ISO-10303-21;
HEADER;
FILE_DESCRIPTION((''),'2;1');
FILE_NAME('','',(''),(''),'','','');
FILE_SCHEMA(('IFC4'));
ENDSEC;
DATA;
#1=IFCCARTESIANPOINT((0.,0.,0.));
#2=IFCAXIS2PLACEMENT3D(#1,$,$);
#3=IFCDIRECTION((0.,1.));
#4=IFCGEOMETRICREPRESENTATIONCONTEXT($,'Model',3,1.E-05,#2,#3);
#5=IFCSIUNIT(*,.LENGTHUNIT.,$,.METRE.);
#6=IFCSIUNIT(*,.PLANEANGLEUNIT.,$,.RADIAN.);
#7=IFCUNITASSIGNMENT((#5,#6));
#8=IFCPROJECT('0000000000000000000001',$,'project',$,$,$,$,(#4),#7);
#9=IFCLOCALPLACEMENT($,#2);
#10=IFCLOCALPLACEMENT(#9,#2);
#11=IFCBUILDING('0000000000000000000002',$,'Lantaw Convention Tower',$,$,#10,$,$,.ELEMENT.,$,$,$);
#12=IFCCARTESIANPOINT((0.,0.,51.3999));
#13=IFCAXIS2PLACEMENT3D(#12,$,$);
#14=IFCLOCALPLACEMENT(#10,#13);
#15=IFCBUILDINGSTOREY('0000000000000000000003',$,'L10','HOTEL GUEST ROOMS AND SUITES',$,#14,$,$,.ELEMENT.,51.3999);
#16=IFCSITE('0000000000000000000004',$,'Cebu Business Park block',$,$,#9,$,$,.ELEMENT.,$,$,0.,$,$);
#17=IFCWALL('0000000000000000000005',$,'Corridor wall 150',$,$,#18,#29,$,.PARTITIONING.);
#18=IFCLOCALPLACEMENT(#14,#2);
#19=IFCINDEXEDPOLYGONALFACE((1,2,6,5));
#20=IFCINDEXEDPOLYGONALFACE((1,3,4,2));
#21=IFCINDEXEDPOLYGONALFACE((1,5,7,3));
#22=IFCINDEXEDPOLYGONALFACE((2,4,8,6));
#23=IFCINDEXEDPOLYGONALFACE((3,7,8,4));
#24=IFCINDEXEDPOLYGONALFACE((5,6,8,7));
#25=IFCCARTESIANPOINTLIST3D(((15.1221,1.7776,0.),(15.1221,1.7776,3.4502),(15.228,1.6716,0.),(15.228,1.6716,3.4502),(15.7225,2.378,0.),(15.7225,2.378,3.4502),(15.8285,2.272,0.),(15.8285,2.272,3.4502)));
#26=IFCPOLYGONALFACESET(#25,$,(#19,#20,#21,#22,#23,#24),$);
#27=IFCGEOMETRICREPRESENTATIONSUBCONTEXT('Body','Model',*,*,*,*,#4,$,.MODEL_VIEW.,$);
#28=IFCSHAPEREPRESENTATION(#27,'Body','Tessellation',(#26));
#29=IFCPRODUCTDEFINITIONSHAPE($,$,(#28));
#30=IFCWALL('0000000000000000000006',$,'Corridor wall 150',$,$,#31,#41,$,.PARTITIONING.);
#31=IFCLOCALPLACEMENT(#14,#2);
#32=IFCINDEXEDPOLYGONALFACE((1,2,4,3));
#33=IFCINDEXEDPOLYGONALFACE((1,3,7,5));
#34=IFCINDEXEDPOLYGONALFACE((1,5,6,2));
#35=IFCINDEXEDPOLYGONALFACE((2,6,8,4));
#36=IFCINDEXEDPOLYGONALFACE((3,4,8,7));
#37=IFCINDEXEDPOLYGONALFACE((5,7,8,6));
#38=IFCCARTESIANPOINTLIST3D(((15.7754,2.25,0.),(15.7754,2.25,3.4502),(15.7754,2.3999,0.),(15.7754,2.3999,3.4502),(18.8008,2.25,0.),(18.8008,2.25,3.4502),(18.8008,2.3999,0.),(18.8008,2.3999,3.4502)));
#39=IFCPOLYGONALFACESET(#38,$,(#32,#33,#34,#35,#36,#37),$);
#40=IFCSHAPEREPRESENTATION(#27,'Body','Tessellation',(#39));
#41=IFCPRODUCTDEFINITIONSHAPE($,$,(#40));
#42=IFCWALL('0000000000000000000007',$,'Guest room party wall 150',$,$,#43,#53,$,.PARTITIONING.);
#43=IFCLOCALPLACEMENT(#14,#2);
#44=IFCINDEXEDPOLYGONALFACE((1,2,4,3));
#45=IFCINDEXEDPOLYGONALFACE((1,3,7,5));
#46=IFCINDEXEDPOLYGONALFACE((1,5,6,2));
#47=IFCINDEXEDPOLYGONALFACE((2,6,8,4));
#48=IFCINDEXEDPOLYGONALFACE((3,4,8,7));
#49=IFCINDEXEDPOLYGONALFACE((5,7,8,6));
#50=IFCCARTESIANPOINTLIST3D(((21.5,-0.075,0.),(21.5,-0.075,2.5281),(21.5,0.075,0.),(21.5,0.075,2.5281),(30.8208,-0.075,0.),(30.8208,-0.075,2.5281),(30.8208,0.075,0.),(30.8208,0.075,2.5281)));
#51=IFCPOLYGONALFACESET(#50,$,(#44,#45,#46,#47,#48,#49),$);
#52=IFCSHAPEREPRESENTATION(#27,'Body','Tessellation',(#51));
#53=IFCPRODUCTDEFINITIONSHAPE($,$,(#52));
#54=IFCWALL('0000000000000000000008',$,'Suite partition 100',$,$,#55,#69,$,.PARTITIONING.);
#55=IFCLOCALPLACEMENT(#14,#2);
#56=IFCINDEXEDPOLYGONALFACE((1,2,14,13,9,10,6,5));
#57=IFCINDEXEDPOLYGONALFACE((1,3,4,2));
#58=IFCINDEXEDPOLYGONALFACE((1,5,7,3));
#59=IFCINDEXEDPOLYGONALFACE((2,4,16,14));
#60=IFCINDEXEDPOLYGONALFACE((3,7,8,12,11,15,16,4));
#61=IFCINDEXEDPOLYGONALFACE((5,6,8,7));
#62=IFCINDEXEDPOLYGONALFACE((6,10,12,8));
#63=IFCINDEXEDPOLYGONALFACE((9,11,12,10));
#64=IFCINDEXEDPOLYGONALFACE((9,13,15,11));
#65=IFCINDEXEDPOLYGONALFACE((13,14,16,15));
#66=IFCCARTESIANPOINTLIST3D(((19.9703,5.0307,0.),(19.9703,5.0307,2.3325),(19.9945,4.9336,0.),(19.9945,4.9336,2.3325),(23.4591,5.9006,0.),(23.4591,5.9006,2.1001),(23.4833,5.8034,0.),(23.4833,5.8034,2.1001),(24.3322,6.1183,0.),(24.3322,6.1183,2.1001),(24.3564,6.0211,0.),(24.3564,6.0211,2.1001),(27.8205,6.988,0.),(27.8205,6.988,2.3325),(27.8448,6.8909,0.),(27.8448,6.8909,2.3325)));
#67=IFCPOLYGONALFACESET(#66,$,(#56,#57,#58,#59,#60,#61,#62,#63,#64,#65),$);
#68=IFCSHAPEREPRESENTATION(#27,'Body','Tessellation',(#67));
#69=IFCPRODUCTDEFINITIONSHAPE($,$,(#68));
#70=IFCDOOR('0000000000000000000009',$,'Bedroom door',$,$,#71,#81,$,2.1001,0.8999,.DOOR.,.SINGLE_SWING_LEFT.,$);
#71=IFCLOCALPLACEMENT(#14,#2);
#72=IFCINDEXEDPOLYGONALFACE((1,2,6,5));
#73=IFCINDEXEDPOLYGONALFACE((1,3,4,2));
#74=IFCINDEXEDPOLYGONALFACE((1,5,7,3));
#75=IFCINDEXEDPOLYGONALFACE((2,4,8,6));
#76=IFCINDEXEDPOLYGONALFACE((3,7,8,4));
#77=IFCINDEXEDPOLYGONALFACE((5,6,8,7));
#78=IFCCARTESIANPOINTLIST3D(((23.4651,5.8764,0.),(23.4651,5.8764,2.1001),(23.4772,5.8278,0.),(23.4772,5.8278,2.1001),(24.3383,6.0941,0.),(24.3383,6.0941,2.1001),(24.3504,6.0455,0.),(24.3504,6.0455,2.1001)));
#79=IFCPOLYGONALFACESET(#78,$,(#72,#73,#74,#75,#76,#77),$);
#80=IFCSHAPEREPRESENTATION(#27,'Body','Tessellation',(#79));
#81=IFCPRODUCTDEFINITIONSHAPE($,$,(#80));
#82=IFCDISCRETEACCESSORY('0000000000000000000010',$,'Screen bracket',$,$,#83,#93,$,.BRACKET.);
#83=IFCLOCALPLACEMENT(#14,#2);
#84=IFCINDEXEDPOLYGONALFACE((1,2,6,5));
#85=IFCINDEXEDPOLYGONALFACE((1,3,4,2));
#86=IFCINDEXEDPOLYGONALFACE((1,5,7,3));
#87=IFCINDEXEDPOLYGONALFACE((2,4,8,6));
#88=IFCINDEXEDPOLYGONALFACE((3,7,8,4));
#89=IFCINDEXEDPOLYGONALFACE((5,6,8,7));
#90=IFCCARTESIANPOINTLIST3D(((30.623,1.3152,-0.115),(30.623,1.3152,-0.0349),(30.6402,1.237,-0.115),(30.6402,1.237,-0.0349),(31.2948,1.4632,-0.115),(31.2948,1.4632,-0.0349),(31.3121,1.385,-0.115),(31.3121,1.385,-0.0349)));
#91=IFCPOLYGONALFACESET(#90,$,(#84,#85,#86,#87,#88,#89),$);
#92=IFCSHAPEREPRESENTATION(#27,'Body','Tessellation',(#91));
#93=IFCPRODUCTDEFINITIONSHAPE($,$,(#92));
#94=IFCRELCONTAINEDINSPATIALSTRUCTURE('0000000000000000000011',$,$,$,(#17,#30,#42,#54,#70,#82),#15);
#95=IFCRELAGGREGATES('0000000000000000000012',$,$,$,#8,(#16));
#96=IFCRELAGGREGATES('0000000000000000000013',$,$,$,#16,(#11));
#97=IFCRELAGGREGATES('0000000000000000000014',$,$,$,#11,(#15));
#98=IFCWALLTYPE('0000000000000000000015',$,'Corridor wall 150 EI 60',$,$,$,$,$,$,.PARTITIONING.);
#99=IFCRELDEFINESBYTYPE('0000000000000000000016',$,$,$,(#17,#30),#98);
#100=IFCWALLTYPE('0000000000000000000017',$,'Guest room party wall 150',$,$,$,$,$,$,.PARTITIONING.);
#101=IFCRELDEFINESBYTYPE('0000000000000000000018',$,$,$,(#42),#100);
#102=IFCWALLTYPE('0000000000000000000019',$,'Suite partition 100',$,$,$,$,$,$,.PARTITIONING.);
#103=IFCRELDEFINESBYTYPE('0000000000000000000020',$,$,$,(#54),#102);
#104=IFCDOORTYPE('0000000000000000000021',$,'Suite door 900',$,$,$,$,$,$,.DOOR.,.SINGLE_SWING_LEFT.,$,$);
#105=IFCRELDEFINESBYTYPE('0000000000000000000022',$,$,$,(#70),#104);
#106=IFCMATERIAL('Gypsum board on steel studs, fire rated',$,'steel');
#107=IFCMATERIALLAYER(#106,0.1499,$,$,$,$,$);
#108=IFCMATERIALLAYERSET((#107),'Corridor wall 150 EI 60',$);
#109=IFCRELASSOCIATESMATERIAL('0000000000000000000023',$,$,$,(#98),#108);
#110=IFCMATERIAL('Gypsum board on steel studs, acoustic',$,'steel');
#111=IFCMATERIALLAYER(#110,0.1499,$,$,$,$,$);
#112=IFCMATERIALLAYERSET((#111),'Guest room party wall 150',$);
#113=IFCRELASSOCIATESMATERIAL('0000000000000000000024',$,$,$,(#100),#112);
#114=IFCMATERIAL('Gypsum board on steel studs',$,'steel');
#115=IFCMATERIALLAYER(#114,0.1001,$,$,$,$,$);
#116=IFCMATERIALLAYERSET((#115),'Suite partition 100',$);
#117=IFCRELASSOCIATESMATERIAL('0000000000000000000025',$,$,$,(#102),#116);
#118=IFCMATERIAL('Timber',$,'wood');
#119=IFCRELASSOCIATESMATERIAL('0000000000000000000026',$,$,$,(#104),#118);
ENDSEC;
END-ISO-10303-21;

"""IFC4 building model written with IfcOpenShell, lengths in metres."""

from ifc_helpers import new_model, si_unit, direction, frame, frame_2d, origin, origin_2d, place, context, subcontext, project, spatial, rectangle, extrude, material, layer, layer_set, type_object, element, fill, save


model = new_model("IFC4")

# Units and contexts
model_context = context("Model", 3, precision=1e-05, world=origin(), true_north=direction((0.0, 1.0)))
body_context = subcontext(model_context, "Body", "Model", "MODEL_VIEW")
ifc_project = project(units=[si_unit("LENGTHUNIT", "METRE"), si_unit("PLANEANGLEUNIT", "RADIAN")], contexts=[model_context])

# Site, building, storey
site_placement = place(None, origin())
site = spatial("IfcSite", under=ifc_project, at=site_placement, Name="Cebu Business Park block", CompositionType="ELEMENT", RefElevation=0.0)
building_placement = place(site_placement, origin())
building = spatial("IfcBuilding", under=site, at=building_placement, Name="Lantaw Convention Tower", CompositionType="ELEMENT")
storey_placement = place(building_placement, frame((0.0, 0.0, 51.3999)))
storey = spatial("IfcBuildingStorey", under=building, at=storey_placement, Name="L10", Description="HOTEL GUEST ROOMS AND SUITES", CompositionType="ELEMENT", Elevation=51.3999)

# Shared definitions
ifc_material_1 = material(Name="Timber", Category="wood")

# Shared definitions
ifc_material_2 = material(Name="Gypsum board on steel studs, fire rated", Category="steel")
ifc_layer_1 = layer(ifc_material_2, 0.1499)
ifc_layer_set_1 = layer_set([ifc_layer_1], Name="Corridor wall 150 EI 60")
wall_type_1 = type_object("IfcWallType", Name="Corridor wall 150 EI 60", PredefinedType="PARTITIONING", material=ifc_layer_set_1)

# Walls
wall_1_placement = place(storey_placement, frame((15.175, 1.7246, 0.0), z_axis=(0.0, 0.0, 1.0), x_axis=(0.707107, 0.707107, 0.0)))
element("IfcWall", 1, at=wall_1_placement, inside=storey, type_object=wall_type_1, Name="Corridor wall 150", PredefinedType="PARTITIONING", context=body_context, shape_type="SweptSolid", body=[
    extrude(rectangle(XDim=0.8491, YDim=0.1499, at=frame_2d((0.4246, 0.0))), origin(), (0.0, 0.0, 1.0), 3.4502),
])
wall_2_placement = place(storey_placement, frame((15.7754, 2.325, 0.0), z_axis=(0.0, 0.0, 1.0), x_axis=(1.0, 0.0, 0.0)))
element("IfcWall", 2, at=wall_2_placement, inside=storey, type_object=wall_type_1, Name="Corridor wall 150", PredefinedType="PARTITIONING", context=body_context, shape_type="SweptSolid", body=[
    extrude(rectangle(XDim=3.0254, YDim=0.1499, at=frame_2d((1.5127, 0.0))), origin(), (0.0, 0.0, 1.0), 3.4502),
])
ifc_material_3 = material(Name="Gypsum board on steel studs, acoustic", Category="steel")
ifc_layer_2 = layer(ifc_material_3, 0.1499)
ifc_layer_set_2 = layer_set([ifc_layer_2], Name="Guest room party wall 150")
wall_type_2 = type_object("IfcWallType", Name="Guest room party wall 150", PredefinedType="PARTITIONING", material=ifc_layer_set_2)
wall_3_placement = place(storey_placement, frame((30.8208, 0.0, 0.0), z_axis=(0.0, 0.0, 1.0), x_axis=(-1.0, 0.0, 0.0)))
element("IfcWall", 3, at=wall_3_placement, inside=storey, type_object=wall_type_2, Name="Guest room party wall 150", PredefinedType="PARTITIONING", context=body_context, shape_type="SweptSolid", body=[
    extrude(rectangle(XDim=9.3208, YDim=0.1499, at=frame_2d((4.6604, 0.0))), origin(), (0.0, 0.0, 1.0), 2.5281),
])

# Wall, opening, door
ifc_material_4 = material(Name="Gypsum board on steel studs", Category="steel")
ifc_layer_3 = layer(ifc_material_4, 0.1001)
ifc_layer_set_3 = layer_set([ifc_layer_3], Name="Suite partition 100")
wall_type_3 = type_object("IfcWallType", Name="Suite partition 100", PredefinedType="PARTITIONING", material=ifc_layer_set_3)
wall_4_placement = place(storey_placement, frame((27.8328, 6.9395, 0.0), z_axis=(0.0, 0.0, 1.0), x_axis=(-0.970297, -0.241918, 0.0)))
wall_4 = element("IfcWall", 4, at=wall_4_placement, inside=storey, type_object=wall_type_3, Name="Suite partition 100", PredefinedType="PARTITIONING", context=body_context, shape_type="SweptSolid", body=[
    extrude(rectangle(XDim=8.0906, YDim=0.1001, at=frame_2d((4.0454, 0.0))), origin(), (0.0, 0.0, 1.0), 2.3325),
])
opening_1_placement = place(wall_4_placement, frame((3.5952, 0.0, 0.0)))
opening_1 = element("IfcOpeningElement", 5, at=opening_1_placement, cuts=wall_4, PredefinedType="OPENING", context=body_context, shape_type="SweptSolid", body=[
    extrude(rectangle(XDim=0.8999, YDim=2.1001, at=frame_2d((0.45, 1.05))), frame((0.0, 0.0601, 0.0), z_axis=(0.0, -1.0, 0.0), x_axis=(1.0, 0.0, 0.0)), (0.0, 0.0, 1.0), 0.1201),
])
door_type_1 = type_object("IfcDoorType", Name="Suite door 900", OperationType="SINGLE_SWING_LEFT", PredefinedType="DOOR", material=ifc_material_1)
door_1_placement = place(opening_1_placement, origin())
door_1 = element("IfcDoor", 6, at=door_1_placement, inside=storey, type_object=door_type_1, Name="Bedroom door", OperationType="SINGLE_SWING_LEFT", OverallHeight=2.1001, OverallWidth=0.8999, PredefinedType="DOOR", context=body_context, shape_type="SweptSolid", body=[
    extrude(rectangle(XDim=0.8999, YDim=2.1001, at=frame_2d((0.45, 1.05))), frame((0.0, 0.0249, 0.0), z_axis=(0.0, -1.0, 0.0), x_axis=(1.0, 0.0, 0.0)), (0.0, 0.0, 1.0), 0.05),
])
fill(opening_1, door_1)

# Discrete accessory
discrete_accessory_placement = place(storey_placement, frame((30.9675, 1.3501, -0.115), z_axis=(0.0, 0.0, 1.0), x_axis=(-0.215246, 0.97656, 0.0)))
element("IfcDiscreteAccessory", 7, at=discrete_accessory_placement, inside=storey, Name="Screen bracket", PredefinedType="BRACKET", context=body_context, shape_type="SweptSolid", body=[
    extrude(rectangle(XDim=0.0801, YDim=0.688, at=origin_2d()), origin(), (0.0, 0.0, 1.0), 0.0801),
])

save(model, "model.ifc")
